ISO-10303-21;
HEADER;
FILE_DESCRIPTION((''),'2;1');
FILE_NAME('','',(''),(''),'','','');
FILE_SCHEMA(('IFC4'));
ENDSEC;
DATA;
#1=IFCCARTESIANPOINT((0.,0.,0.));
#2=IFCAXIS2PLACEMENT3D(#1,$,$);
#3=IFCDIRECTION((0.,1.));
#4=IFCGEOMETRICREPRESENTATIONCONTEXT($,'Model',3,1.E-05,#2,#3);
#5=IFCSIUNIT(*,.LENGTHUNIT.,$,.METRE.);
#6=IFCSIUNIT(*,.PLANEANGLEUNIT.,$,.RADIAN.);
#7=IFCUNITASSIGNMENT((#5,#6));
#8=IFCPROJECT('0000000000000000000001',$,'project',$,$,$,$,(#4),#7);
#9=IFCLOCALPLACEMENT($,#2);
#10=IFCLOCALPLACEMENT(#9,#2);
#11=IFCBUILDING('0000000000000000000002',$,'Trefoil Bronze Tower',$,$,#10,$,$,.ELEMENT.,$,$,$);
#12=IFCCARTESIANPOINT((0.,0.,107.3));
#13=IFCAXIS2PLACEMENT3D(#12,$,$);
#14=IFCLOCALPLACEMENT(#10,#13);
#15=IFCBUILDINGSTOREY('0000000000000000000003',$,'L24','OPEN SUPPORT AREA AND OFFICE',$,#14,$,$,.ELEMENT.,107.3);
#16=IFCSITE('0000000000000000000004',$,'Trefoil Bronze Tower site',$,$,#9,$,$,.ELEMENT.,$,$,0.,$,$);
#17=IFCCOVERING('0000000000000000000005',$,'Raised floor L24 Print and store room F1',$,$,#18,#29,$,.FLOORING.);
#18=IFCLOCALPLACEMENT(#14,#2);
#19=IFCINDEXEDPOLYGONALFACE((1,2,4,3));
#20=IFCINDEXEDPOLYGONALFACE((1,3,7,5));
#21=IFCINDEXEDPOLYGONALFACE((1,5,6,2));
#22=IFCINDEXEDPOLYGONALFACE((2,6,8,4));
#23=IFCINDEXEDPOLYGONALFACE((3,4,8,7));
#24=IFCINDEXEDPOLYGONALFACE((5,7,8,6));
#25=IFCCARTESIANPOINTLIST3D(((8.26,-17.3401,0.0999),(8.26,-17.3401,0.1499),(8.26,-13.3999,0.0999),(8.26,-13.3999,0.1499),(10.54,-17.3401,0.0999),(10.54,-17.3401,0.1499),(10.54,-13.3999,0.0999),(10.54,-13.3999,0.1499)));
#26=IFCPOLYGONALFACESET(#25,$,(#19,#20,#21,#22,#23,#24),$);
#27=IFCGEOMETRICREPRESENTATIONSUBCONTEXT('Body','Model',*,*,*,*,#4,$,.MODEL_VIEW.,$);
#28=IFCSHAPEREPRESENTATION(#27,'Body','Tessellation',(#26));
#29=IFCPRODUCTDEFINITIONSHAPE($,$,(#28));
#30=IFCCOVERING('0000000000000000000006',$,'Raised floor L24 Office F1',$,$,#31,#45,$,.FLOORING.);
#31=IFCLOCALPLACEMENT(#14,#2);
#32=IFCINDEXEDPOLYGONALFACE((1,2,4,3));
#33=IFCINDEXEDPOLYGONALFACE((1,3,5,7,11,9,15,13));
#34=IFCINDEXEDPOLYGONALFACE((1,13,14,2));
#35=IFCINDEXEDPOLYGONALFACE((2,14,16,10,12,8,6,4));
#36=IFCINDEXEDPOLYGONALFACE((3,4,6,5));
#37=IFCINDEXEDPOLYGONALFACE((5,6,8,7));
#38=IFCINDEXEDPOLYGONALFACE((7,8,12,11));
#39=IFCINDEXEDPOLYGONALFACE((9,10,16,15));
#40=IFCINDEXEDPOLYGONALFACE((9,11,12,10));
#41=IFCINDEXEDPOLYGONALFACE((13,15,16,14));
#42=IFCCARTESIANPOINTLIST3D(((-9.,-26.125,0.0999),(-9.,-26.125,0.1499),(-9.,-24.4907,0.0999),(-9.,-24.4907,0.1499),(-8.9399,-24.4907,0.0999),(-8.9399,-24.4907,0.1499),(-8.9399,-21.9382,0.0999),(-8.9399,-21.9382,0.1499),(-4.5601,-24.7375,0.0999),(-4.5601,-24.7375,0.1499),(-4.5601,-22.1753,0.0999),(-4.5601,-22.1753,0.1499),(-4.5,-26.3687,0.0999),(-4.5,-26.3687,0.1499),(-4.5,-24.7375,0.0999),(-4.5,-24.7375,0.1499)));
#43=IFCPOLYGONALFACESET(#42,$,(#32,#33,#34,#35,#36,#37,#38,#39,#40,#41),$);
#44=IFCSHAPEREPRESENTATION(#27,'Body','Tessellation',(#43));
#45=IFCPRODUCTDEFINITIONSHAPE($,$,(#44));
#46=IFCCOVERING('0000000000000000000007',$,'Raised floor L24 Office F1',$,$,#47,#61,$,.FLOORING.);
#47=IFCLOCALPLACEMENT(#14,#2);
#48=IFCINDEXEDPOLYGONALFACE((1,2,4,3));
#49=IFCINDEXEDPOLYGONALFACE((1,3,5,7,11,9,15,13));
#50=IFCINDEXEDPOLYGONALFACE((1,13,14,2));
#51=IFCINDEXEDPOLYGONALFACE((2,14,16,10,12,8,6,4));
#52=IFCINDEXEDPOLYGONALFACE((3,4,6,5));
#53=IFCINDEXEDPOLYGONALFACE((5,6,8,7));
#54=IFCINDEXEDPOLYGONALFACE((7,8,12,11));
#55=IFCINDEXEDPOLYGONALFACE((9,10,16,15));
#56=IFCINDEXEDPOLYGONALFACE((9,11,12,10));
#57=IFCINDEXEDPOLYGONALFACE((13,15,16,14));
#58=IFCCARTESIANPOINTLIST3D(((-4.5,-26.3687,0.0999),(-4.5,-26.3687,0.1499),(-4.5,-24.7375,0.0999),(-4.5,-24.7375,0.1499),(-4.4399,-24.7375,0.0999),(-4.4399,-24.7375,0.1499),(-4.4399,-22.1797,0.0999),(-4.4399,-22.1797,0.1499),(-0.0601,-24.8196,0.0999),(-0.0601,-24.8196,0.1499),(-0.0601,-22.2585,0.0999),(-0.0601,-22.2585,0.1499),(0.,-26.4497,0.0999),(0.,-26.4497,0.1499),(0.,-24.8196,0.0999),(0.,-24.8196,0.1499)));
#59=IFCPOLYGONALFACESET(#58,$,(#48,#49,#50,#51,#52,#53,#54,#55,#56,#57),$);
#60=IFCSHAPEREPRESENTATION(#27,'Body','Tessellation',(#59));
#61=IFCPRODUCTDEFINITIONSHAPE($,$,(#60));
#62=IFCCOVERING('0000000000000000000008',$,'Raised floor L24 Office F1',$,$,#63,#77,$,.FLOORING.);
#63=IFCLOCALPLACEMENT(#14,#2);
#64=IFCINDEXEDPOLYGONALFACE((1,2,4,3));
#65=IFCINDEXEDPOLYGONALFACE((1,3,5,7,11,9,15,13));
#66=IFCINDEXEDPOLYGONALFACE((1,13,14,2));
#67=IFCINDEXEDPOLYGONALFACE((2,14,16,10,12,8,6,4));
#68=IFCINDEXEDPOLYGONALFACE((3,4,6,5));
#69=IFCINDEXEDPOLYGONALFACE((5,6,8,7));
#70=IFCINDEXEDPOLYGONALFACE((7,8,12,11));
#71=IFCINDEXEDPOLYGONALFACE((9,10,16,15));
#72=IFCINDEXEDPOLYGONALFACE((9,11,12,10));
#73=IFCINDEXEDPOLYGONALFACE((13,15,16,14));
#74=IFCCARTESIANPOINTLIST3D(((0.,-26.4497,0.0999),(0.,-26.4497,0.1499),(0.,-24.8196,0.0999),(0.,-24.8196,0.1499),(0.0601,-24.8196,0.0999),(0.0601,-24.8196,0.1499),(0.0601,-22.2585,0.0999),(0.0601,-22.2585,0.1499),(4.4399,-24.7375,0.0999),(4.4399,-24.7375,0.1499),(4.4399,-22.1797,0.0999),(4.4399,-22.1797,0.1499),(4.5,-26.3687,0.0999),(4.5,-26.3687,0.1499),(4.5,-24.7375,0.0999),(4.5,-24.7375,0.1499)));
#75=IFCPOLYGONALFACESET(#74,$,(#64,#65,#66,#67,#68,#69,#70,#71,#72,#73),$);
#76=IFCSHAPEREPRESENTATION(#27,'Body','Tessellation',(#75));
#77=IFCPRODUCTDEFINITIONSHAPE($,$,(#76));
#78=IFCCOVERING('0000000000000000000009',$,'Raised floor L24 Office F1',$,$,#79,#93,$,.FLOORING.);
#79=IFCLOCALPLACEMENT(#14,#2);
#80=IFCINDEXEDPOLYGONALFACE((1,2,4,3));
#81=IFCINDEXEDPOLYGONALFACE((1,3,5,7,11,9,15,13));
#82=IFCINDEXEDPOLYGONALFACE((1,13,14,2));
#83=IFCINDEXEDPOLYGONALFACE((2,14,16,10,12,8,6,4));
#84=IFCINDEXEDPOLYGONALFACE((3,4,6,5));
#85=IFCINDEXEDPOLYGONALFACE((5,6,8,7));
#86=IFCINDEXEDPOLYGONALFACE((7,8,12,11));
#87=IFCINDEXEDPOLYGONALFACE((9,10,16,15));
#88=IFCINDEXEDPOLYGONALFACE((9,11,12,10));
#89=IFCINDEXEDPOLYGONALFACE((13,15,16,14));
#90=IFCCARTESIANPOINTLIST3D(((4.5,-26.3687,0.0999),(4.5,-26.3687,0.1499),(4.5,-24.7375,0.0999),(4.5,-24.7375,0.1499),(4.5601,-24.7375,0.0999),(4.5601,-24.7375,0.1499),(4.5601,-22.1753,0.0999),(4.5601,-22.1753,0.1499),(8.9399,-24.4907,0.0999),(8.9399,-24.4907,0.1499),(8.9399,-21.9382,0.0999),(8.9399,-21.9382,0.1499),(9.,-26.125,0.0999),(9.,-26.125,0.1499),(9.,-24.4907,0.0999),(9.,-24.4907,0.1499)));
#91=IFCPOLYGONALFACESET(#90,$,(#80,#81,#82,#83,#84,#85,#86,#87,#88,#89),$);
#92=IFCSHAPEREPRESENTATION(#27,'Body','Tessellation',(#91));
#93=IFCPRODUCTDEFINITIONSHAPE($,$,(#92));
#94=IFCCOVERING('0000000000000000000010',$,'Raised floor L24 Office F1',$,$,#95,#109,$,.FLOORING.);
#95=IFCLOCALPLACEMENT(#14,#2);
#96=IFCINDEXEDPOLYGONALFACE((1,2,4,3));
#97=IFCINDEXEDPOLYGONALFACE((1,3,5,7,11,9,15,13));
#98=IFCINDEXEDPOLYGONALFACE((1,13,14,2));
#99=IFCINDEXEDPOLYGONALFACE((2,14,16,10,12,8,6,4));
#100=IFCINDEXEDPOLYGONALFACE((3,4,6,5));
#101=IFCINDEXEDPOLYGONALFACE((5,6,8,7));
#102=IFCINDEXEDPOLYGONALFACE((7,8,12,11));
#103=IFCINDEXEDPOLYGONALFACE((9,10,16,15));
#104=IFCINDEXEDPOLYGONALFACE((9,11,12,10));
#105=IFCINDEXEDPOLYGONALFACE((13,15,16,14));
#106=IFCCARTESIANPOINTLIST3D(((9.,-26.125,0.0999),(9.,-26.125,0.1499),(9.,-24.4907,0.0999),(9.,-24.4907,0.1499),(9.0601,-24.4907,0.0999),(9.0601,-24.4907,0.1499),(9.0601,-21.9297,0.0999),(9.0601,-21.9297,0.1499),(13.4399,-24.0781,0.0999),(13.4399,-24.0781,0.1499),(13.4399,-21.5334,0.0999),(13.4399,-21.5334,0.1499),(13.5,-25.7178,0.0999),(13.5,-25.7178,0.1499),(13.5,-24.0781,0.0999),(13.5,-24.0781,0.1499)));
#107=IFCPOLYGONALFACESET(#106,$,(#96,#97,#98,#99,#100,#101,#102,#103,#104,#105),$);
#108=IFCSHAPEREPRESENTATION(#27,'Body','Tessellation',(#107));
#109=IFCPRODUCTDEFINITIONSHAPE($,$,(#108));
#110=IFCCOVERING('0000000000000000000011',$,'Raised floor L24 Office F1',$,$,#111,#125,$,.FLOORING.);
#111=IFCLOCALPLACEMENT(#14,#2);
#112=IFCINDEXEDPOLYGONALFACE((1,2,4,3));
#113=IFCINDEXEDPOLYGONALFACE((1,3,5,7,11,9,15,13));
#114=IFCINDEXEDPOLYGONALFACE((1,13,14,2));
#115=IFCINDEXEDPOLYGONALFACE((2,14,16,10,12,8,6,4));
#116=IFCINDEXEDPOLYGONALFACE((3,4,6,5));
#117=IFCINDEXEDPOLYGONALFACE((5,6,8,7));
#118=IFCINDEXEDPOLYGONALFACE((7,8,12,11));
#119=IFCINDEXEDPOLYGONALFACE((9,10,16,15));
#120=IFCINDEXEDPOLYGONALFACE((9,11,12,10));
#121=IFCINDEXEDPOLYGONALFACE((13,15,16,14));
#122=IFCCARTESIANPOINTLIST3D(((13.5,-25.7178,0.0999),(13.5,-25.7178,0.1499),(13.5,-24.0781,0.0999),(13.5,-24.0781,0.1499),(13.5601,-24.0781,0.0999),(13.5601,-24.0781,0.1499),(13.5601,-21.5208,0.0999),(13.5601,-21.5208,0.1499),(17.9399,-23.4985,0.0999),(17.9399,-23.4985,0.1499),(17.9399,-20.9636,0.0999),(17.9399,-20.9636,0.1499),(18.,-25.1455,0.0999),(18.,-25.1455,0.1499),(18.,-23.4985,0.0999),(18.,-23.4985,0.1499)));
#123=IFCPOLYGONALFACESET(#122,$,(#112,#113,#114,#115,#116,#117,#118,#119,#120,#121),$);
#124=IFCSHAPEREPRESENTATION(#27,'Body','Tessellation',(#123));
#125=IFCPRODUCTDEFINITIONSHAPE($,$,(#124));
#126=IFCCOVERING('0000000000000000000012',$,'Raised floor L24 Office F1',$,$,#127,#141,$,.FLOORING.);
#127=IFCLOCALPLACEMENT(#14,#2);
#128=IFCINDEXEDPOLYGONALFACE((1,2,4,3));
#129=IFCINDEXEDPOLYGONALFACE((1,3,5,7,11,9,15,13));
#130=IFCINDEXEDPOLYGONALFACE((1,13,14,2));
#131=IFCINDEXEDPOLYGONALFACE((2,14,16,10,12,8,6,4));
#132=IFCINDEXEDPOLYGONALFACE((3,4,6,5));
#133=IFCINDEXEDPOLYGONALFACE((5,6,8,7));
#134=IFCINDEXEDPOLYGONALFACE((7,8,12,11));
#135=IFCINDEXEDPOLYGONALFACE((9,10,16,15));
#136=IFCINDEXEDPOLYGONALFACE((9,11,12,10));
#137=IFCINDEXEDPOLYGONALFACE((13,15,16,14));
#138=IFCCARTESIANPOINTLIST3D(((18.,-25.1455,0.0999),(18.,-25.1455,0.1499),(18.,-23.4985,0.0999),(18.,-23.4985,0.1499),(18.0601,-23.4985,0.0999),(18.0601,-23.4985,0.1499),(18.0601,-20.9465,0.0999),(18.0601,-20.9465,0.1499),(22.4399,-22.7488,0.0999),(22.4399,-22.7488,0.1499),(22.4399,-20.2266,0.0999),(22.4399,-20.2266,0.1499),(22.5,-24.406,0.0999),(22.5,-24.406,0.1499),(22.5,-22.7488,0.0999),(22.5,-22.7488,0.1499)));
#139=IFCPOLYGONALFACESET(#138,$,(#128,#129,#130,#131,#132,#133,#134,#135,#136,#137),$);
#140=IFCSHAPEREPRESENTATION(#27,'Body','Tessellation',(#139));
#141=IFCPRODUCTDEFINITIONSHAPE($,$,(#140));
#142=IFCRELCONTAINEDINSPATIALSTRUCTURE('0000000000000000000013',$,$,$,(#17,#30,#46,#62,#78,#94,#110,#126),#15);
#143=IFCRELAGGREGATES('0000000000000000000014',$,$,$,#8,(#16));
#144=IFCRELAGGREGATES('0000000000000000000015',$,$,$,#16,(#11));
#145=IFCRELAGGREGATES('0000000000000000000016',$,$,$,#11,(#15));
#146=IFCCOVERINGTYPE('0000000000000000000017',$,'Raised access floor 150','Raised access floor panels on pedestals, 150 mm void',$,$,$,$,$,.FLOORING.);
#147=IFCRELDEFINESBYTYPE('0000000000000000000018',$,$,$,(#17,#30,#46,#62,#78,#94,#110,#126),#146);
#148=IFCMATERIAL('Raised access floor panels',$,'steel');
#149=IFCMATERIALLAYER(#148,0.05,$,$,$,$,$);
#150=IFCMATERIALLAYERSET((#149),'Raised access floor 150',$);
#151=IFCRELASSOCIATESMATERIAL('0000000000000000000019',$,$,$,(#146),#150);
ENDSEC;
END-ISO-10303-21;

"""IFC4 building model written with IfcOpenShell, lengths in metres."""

from ifc_helpers import new_model, si_unit, direction, frame, origin, place, context, subcontext, project, spatial, polyline, outline, extrude, material, layer, layer_set, type_object, element, save


model = new_model("IFC4")

# Units and contexts
model_context = context("Model", 3, precision=1e-05, world=origin(), true_north=direction((0.0, 1.0)))
body_context = subcontext(model_context, "Body", "Model", "MODEL_VIEW")
ifc_project = project(units=[si_unit("LENGTHUNIT", "METRE"), si_unit("PLANEANGLEUNIT", "RADIAN")], contexts=[model_context])

# Site, building, storey
site_placement = place(None, origin())
site = spatial("IfcSite", under=ifc_project, at=site_placement, Name="Trefoil Bronze Tower site", CompositionType="ELEMENT", RefElevation=0.0)
building_placement = place(site_placement, origin())
building = spatial("IfcBuilding", under=site, at=building_placement, Name="Trefoil Bronze Tower", CompositionType="ELEMENT")
storey_placement = place(building_placement, frame((0.0, 0.0, 107.3)))
storey = spatial("IfcBuildingStorey", under=building, at=storey_placement, Name="L24", Description="OPEN SUPPORT AREA AND OFFICE", CompositionType="ELEMENT", Elevation=107.3)

# Coverings
ifc_material_1 = material(Name="Raised access floor panels", Category="steel")
ifc_layer_1 = layer(ifc_material_1, 0.05)
ifc_layer_set_1 = layer_set([ifc_layer_1], Name="Raised access floor 150")
covering_type_1 = type_object("IfcCoveringType", Name="Raised access floor 150", Description="Raised access floor panels on pedestals, 150 mm void", PredefinedType="FLOORING", material=ifc_layer_set_1)
covering_1_placement = place(storey_placement, frame((0.0, 0.0, 0.0999)))
element("IfcCovering", 1, at=covering_1_placement, inside=storey, type_object=covering_type_1, Name="Raised floor L24 Print and store room F1", PredefinedType="FLOORING", context=body_context, shape_type="SweptSolid", body=[
    extrude(outline(polyline([(10.54, -13.3999), (10.54, -17.3401), (8.26, -17.3401), (8.26, -13.3999), (10.54, -13.3999)])), origin(), (0.0, 0.0, 1.0), 0.05),
])
covering_2_placement = place(storey_placement, frame((0.0, 0.0, 0.0999)))
element("IfcCovering", 2, at=covering_2_placement, inside=storey, type_object=covering_type_1, Name="Raised floor L24 Office F1", PredefinedType="FLOORING", context=body_context, shape_type="SweptSolid", body=[
    extrude(outline(polyline([(-4.5, -26.3687), (-9.0, -26.125), (-9.0, -24.4907), (-8.9399, -24.4907), (-8.9399, -21.9382), (-4.5601, -22.1753), (-4.5601, -24.7375), (-4.5, -24.7375), (-4.5, -26.3687)])), origin(), (0.0, 0.0, 1.0), 0.05),
])
covering_3_placement = place(storey_placement, frame((0.0, 0.0, 0.0999)))
element("IfcCovering", 3, at=covering_3_placement, inside=storey, type_object=covering_type_1, Name="Raised floor L24 Office F1", PredefinedType="FLOORING", context=body_context, shape_type="SweptSolid", body=[
    extrude(outline(polyline([(0.0, -26.4497), (-4.5, -26.3687), (-4.5, -24.7375), (-4.4399, -24.7375), (-4.4399, -22.1797), (-0.0601, -22.2585), (-0.0601, -24.8196), (0.0, -24.8196), (0.0, -26.4497)])), origin(), (0.0, 0.0, 1.0), 0.05),
])
covering_4_placement = place(storey_placement, frame((0.0, 0.0, 0.0999)))
element("IfcCovering", 4, at=covering_4_placement, inside=storey, type_object=covering_type_1, Name="Raised floor L24 Office F1", PredefinedType="FLOORING", context=body_context, shape_type="SweptSolid", body=[
    extrude(outline(polyline([(4.5, -26.3687), (0.0, -26.4497), (0.0, -24.8196), (0.0601, -24.8196), (0.0601, -22.2585), (4.4399, -22.1797), (4.4399, -24.7375), (4.5, -24.7375), (4.5, -26.3687)])), origin(), (0.0, 0.0, 1.0), 0.05),
])
covering_5_placement = place(storey_placement, frame((0.0, 0.0, 0.0999)))
element("IfcCovering", 5, at=covering_5_placement, inside=storey, type_object=covering_type_1, Name="Raised floor L24 Office F1", PredefinedType="FLOORING", context=body_context, shape_type="SweptSolid", body=[
    extrude(outline(polyline([(9.0, -26.125), (4.5, -26.3687), (4.5, -24.7375), (4.5601, -24.7375), (4.5601, -22.1753), (8.9399, -21.9382), (8.9399, -24.4907), (9.0, -24.4907), (9.0, -26.125)])), origin(), (0.0, 0.0, 1.0), 0.05),
])
covering_6_placement = place(storey_placement, frame((0.0, 0.0, 0.0999)))
element("IfcCovering", 6, at=covering_6_placement, inside=storey, type_object=covering_type_1, Name="Raised floor L24 Office F1", PredefinedType="FLOORING", context=body_context, shape_type="SweptSolid", body=[
    extrude(outline(polyline([(13.5, -25.7178), (9.0, -26.125), (9.0, -24.4907), (9.0601, -24.4907), (9.0601, -21.9297), (13.4399, -21.5334), (13.4399, -24.0781), (13.5, -24.0781), (13.5, -25.7178)])), origin(), (0.0, 0.0, 1.0), 0.05),
])
covering_7_placement = place(storey_placement, frame((0.0, 0.0, 0.0999)))
element("IfcCovering", 7, at=covering_7_placement, inside=storey, type_object=covering_type_1, Name="Raised floor L24 Office F1", PredefinedType="FLOORING", context=body_context, shape_type="SweptSolid", body=[
    extrude(outline(polyline([(18.0, -25.1455), (13.5, -25.7178), (13.5, -24.0781), (13.5601, -24.0781), (13.5601, -21.5208), (17.9399, -20.9636), (17.9399, -23.4985), (18.0, -23.4985), (18.0, -25.1455)])), origin(), (0.0, 0.0, 1.0), 0.05),
])
covering_8_placement = place(storey_placement, frame((0.0, 0.0, 0.0999)))
element("IfcCovering", 8, at=covering_8_placement, inside=storey, type_object=covering_type_1, Name="Raised floor L24 Office F1", PredefinedType="FLOORING", context=body_context, shape_type="SweptSolid", body=[
    extrude(outline(polyline([(22.5, -24.406), (18.0, -25.1455), (18.0, -23.4985), (18.0601, -23.4985), (18.0601, -20.9465), (22.4399, -20.2266), (22.4399, -22.7488), (22.5, -22.7488), (22.5, -24.406)])), origin(), (0.0, 0.0, 1.0), 0.05),
])

save(model, "model.ifc")
